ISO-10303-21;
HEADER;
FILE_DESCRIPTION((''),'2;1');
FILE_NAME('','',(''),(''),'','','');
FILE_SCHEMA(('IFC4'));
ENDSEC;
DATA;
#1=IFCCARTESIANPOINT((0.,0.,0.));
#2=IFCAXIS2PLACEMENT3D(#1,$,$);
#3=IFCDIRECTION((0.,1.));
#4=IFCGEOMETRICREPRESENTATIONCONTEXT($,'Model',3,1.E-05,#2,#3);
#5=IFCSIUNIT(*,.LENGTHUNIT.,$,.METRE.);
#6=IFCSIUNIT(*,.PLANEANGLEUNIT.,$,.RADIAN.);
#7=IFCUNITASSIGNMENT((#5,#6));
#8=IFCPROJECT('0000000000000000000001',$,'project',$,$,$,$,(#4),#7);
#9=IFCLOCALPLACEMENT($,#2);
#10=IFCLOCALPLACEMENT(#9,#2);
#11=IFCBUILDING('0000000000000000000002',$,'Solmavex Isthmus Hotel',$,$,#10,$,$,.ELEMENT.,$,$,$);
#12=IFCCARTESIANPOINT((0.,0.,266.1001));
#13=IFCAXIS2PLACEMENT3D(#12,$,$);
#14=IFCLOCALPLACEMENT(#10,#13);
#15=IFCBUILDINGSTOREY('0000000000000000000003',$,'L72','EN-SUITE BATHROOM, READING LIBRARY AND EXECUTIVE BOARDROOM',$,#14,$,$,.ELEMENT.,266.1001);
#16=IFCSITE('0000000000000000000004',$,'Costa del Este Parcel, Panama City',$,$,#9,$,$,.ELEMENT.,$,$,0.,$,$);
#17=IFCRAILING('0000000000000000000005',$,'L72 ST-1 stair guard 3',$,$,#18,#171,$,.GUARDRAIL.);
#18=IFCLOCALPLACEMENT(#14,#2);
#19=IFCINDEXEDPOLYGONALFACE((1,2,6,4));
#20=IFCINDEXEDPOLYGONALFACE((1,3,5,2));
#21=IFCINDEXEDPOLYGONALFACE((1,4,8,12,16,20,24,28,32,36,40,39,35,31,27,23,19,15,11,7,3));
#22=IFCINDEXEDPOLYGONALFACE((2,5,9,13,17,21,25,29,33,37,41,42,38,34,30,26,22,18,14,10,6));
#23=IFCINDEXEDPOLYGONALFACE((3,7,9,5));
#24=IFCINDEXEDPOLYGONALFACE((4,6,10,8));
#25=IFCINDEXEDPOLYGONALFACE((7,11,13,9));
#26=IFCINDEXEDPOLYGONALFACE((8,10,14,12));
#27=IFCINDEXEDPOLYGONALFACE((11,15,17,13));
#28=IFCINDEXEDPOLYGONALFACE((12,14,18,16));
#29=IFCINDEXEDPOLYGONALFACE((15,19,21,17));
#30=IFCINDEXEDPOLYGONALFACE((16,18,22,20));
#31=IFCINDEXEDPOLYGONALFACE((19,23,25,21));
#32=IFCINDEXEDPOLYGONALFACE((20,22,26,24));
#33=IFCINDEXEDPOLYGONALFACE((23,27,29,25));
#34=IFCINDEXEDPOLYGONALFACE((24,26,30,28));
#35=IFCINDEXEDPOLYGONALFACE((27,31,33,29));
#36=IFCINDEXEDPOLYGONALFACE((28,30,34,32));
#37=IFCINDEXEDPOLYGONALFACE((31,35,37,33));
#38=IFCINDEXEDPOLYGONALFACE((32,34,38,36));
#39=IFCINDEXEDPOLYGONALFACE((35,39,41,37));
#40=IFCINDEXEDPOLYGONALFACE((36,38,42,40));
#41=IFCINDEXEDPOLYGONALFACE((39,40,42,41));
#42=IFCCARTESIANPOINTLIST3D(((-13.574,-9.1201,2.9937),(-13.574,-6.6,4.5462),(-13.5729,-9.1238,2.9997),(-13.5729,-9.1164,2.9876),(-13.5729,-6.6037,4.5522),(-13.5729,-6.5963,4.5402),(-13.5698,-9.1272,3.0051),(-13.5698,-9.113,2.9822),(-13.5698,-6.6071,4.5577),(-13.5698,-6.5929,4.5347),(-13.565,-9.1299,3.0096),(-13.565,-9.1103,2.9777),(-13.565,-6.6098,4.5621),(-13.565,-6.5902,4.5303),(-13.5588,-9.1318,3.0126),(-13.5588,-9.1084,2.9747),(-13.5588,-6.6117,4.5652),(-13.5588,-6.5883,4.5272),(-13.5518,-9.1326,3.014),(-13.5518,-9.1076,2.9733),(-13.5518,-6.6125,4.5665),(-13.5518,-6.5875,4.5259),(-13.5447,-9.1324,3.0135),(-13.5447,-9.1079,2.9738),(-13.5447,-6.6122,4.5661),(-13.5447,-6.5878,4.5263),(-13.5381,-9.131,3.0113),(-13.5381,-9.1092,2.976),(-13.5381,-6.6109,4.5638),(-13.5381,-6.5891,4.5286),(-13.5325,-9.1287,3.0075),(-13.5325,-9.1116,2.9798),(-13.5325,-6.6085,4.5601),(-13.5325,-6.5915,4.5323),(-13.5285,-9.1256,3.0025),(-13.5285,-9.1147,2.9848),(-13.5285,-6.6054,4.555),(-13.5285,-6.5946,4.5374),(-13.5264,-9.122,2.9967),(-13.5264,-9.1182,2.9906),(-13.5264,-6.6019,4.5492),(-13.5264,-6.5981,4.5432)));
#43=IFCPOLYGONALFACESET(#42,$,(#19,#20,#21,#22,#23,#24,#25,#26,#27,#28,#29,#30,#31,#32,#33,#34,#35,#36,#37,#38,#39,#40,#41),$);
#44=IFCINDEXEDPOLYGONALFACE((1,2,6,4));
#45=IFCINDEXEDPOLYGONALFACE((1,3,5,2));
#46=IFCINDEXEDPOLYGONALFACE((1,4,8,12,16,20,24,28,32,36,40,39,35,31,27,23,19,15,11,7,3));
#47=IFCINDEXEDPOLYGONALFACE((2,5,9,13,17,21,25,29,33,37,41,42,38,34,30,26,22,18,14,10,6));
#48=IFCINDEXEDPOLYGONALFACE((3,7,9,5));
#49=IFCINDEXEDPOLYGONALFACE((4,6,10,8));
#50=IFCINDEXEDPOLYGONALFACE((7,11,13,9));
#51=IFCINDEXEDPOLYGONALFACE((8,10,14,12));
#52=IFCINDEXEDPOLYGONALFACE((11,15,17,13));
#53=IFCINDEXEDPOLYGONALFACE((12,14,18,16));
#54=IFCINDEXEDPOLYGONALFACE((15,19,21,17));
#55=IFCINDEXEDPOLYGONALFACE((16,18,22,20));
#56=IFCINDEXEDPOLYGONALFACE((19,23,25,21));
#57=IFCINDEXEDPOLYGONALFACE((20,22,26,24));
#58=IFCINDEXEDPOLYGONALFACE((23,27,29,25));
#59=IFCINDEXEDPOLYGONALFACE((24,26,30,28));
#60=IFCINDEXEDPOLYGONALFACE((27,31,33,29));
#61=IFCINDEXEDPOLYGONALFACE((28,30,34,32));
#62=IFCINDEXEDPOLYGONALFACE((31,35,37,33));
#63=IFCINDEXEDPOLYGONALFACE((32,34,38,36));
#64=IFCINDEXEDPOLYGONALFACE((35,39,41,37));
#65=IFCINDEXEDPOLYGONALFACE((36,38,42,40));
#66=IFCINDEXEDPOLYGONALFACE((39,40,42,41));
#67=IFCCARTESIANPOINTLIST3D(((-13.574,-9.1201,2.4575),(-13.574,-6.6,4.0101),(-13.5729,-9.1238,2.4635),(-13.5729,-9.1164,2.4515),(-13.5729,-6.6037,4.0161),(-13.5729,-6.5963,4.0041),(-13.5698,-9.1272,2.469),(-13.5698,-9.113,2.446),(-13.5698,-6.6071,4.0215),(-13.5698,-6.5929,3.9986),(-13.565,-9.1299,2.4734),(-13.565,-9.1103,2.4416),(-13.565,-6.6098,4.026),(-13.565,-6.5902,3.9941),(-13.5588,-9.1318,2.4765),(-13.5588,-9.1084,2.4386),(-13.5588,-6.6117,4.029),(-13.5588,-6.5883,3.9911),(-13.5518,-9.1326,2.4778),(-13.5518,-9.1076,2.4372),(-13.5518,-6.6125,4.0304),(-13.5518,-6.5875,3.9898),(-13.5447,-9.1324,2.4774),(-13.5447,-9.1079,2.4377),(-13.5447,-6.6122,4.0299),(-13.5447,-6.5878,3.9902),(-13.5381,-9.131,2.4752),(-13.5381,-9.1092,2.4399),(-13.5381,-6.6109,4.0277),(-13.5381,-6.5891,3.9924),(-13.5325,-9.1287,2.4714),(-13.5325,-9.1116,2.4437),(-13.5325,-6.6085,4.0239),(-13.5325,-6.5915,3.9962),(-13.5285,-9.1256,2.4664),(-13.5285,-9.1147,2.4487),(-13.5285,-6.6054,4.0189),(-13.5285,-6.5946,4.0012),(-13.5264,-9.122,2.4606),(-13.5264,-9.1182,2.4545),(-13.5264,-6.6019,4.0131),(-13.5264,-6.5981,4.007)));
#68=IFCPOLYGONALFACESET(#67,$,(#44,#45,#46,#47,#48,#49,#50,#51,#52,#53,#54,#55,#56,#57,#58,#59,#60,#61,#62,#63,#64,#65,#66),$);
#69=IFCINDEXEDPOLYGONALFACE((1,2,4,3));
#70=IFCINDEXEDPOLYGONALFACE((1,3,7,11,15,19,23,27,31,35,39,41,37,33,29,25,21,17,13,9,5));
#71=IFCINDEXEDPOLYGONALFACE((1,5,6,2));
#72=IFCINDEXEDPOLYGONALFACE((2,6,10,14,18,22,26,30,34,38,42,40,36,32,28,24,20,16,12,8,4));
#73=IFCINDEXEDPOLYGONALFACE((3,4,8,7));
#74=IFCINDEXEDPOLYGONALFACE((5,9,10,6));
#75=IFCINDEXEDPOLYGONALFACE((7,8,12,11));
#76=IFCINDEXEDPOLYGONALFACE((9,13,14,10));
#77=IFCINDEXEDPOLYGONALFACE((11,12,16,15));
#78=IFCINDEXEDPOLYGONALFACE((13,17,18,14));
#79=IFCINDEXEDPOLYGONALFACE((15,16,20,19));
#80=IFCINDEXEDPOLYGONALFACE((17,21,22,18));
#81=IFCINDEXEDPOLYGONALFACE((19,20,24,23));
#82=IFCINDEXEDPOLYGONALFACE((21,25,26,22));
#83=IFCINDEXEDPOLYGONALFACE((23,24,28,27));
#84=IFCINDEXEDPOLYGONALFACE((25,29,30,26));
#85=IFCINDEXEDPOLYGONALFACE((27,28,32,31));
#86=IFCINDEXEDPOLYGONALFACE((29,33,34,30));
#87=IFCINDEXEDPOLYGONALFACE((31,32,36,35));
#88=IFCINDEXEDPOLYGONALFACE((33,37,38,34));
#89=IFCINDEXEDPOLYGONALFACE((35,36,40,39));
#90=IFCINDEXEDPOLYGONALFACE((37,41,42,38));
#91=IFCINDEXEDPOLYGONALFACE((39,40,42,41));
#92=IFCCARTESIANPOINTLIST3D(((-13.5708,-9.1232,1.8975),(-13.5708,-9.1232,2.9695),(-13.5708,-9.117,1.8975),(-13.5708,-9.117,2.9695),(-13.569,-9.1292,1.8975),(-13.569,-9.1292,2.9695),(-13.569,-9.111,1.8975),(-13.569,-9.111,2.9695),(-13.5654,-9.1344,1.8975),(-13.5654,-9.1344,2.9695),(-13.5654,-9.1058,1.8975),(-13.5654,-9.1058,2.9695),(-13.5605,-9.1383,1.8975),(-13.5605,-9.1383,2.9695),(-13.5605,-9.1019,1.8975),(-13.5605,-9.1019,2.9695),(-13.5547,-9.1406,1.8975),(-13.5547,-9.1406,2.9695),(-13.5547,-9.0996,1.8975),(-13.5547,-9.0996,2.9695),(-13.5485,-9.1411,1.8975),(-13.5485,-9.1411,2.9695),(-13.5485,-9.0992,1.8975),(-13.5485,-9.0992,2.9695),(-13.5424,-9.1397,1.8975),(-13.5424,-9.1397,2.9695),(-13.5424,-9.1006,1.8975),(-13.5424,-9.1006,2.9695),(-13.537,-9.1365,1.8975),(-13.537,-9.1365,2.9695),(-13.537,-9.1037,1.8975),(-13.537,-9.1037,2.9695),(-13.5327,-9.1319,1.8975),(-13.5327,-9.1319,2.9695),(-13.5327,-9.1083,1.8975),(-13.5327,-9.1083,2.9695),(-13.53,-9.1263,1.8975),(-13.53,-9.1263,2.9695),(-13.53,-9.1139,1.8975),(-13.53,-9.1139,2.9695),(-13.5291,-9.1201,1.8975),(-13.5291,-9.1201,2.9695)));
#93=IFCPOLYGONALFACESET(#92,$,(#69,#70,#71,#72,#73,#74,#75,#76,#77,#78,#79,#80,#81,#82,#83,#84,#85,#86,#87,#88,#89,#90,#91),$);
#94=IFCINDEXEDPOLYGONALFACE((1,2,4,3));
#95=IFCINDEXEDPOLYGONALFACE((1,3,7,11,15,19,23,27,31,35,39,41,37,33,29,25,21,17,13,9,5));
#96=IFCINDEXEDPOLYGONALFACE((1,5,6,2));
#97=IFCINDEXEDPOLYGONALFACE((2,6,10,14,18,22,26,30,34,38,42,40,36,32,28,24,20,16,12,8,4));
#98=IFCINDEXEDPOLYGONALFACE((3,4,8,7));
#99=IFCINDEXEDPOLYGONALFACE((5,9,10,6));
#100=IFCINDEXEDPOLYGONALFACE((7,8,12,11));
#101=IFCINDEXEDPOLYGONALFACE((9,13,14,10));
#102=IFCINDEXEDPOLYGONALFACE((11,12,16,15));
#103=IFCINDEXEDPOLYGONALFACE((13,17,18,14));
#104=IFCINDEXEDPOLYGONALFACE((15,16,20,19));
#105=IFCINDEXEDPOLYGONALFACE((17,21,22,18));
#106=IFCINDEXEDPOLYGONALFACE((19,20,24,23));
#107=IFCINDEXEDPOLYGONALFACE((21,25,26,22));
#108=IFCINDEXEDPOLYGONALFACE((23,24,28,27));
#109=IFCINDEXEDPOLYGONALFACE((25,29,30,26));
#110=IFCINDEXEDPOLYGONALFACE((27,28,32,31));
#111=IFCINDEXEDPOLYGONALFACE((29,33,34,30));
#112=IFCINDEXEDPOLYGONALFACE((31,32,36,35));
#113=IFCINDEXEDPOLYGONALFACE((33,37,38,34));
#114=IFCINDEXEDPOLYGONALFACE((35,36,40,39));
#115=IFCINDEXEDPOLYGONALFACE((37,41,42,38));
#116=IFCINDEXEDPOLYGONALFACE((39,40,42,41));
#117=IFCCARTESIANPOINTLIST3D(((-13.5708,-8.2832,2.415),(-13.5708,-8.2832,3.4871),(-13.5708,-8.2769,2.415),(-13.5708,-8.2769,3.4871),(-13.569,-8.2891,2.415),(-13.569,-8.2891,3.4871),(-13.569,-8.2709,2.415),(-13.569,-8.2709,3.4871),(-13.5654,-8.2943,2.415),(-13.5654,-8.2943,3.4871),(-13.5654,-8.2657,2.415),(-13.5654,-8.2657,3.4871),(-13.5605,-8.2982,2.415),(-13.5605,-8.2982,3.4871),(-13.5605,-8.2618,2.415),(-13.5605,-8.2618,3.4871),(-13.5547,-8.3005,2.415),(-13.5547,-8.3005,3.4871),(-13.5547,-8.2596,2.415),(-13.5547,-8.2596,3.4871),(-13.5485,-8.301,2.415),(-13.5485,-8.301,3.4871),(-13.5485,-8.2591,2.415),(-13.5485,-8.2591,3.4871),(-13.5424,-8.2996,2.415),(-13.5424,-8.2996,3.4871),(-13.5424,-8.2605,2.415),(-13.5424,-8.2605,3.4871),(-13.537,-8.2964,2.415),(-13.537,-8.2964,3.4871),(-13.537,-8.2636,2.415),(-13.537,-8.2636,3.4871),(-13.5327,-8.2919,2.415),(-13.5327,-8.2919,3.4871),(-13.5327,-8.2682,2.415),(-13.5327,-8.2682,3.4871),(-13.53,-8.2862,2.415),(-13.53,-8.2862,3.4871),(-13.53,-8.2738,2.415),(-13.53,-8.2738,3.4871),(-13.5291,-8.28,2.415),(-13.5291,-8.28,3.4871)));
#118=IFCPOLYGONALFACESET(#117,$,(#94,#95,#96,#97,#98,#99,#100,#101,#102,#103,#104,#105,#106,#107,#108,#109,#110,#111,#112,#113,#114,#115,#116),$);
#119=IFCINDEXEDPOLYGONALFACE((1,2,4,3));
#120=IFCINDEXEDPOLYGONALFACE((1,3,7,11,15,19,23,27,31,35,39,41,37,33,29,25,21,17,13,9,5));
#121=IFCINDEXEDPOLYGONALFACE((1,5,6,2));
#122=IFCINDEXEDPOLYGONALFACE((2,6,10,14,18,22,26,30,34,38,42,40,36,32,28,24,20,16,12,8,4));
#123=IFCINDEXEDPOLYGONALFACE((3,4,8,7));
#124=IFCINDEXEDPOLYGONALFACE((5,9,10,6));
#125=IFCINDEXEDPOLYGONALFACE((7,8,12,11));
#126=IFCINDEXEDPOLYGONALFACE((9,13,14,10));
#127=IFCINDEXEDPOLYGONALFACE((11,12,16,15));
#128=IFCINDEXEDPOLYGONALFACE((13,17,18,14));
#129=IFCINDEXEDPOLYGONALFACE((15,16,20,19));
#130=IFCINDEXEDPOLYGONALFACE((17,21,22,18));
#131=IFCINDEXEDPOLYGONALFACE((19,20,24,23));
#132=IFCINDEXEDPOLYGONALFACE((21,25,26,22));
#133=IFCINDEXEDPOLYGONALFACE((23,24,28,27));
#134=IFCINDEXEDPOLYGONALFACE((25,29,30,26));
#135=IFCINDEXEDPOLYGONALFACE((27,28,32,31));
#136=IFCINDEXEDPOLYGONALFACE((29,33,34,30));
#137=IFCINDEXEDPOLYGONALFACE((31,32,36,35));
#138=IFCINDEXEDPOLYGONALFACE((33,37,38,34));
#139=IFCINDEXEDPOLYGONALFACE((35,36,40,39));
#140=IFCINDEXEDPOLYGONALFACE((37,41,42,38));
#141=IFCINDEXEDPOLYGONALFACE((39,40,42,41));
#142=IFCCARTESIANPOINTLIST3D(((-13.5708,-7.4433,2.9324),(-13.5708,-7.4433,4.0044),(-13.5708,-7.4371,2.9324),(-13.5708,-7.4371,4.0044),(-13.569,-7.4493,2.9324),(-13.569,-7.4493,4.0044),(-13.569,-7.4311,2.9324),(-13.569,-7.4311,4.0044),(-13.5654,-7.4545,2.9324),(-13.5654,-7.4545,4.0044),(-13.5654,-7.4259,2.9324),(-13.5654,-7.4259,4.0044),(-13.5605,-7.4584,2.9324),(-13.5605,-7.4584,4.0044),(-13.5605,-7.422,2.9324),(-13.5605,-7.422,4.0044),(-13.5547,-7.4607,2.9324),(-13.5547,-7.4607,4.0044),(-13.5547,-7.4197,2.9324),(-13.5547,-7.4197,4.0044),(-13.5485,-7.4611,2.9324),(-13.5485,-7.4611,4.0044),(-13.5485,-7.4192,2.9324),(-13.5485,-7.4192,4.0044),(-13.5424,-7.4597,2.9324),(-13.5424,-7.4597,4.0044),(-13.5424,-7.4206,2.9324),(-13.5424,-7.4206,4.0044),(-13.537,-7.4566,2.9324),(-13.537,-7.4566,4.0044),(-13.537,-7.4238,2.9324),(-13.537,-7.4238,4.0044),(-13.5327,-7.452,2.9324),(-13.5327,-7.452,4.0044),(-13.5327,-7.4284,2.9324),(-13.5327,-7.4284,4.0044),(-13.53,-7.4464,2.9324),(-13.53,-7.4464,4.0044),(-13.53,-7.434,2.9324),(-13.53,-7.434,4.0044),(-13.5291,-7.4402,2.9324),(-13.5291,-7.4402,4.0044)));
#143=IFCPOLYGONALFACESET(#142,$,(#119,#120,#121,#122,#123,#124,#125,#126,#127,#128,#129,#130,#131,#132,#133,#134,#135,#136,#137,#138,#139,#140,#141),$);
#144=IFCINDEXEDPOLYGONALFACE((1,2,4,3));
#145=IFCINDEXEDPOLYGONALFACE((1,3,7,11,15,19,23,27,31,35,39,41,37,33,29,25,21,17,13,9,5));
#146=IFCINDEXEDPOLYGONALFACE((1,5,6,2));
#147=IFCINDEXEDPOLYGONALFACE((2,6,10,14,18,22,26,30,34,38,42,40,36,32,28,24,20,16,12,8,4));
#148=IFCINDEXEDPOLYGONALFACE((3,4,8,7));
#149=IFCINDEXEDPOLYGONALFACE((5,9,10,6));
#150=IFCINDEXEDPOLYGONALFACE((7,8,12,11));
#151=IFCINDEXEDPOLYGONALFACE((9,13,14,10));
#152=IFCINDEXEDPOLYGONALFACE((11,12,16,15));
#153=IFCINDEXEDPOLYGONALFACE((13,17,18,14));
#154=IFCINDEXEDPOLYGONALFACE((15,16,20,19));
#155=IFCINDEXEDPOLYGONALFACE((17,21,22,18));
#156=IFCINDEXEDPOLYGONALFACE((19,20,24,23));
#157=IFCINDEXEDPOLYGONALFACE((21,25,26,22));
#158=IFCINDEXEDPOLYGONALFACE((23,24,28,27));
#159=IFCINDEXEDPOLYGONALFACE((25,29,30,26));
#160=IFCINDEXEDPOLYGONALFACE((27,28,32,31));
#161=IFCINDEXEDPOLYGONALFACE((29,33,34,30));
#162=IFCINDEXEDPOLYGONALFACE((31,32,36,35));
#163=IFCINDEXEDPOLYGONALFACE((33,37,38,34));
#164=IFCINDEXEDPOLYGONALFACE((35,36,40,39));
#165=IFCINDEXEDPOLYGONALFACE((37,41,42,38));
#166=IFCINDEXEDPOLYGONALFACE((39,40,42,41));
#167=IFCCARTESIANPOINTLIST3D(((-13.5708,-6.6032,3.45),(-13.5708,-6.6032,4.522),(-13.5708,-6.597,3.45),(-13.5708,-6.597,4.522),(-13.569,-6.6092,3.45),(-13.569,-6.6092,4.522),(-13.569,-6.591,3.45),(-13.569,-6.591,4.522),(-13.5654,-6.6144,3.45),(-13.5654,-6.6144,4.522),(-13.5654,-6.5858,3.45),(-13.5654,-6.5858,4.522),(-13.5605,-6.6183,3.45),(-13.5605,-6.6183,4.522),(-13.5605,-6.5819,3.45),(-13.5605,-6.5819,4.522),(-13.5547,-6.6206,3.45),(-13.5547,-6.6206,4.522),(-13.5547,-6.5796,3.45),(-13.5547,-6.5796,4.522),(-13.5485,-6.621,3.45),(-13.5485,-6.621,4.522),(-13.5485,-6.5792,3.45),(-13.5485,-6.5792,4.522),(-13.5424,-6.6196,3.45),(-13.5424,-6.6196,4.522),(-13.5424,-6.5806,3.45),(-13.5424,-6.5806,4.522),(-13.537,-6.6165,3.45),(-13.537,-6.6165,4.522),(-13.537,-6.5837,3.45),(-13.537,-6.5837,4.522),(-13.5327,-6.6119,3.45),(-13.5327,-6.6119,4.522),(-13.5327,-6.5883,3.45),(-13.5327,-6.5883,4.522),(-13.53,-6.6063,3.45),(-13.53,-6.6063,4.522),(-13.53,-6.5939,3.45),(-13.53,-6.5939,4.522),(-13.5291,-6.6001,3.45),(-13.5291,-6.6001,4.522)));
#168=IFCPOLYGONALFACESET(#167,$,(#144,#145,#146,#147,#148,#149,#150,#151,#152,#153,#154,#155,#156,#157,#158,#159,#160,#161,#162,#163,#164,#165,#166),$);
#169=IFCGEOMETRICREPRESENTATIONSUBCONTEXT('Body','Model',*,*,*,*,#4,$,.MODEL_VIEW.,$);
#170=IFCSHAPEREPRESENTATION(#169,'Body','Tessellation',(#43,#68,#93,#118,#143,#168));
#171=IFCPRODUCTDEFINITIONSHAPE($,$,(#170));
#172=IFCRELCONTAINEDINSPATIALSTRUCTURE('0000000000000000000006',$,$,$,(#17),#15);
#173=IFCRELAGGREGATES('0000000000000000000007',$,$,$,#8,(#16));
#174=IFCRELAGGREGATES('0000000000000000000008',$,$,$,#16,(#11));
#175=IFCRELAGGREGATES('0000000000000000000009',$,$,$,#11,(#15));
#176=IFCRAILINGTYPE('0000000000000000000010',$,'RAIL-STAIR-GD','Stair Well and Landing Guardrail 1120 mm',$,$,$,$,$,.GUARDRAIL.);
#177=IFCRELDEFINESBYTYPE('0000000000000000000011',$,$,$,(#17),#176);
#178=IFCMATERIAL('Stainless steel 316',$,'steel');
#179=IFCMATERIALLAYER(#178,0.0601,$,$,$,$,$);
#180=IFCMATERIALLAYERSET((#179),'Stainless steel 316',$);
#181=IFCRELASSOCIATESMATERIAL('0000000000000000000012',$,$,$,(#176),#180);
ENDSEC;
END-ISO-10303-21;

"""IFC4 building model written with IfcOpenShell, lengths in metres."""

from ifc_helpers import new_model, si_unit, direction, frame, origin, origin_2d, place, context, subcontext, project, spatial, circle, extrude, material, layer, layer_set, type_object, element, save


model = new_model("IFC4")

# Units and contexts
model_context = context("Model", 3, precision=1e-05, world=origin(), true_north=direction((0.0, 1.0)))
body_context = subcontext(model_context, "Body", "Model", "MODEL_VIEW")
ifc_project = project(units=[si_unit("LENGTHUNIT", "METRE"), si_unit("PLANEANGLEUNIT", "RADIAN")], contexts=[model_context])

# Site, building, storey
site_placement = place(None, origin())
site = spatial("IfcSite", under=ifc_project, at=site_placement, Name="Costa del Este Parcel, Panama City", CompositionType="ELEMENT", RefElevation=0.0)
building_placement = place(site_placement, origin())
building = spatial("IfcBuilding", under=site, at=building_placement, Name="Solmavex Isthmus Hotel", CompositionType="ELEMENT")
storey_placement = place(building_placement, frame((0.0, 0.0, 266.1001)))
storey = spatial("IfcBuildingStorey", under=building, at=storey_placement, Name="L72", Description="EN-SUITE BATHROOM, READING LIBRARY AND EXECUTIVE BOARDROOM", CompositionType="ELEMENT", Elevation=266.1001)

# Shared definitions
ifc_material_1 = material(Name="Stainless steel 316", Category="steel")

# Railing
ifc_layer_1 = layer(ifc_material_1, 0.0601)
ifc_layer_set_1 = layer_set([ifc_layer_1], Name="Stainless steel 316")
railing_type_1 = type_object("IfcRailingType", Name="RAIL-STAIR-GD", Description="Stair Well and Landing Guardrail 1120 mm", PredefinedType="GUARDRAIL", material=ifc_layer_set_1)
railing_1_placement = place(storey_placement, frame((-13.55, -9.1201, 1.8975)))
element("IfcRailing", 1, at=railing_1_placement, inside=storey, type_object=railing_type_1, Name="L72 ST-1 stair guard 3", PredefinedType="GUARDRAIL", context=body_context, shape_type="SweptSolid", body=[
    extrude(circle(Radius=0.0239, at=origin_2d()), frame((0.0, 0.0, 1.0962), z_axis=(0.0, 0.8514, 0.524516), x_axis=(-1.0, 0.0, 0.0)), (0.0, 0.0, 1.0), 2.96),
    extrude(circle(Radius=0.0239, at=origin_2d()), frame((0.0, 0.0, 0.5601), z_axis=(0.0, 0.8514, 0.524516), x_axis=(-1.0, 0.0, 0.0)), (0.0, 0.0, 1.0), 2.96),
    extrude(circle(Radius=0.021, at=origin_2d()), origin(), (0.0, 0.0, 1.0), 1.072),
    extrude(circle(Radius=0.021, at=origin_2d()), frame((0.0, 0.8401, 0.5176)), (0.0, 0.0, 1.0), 1.072),
    extrude(circle(Radius=0.021, at=origin_2d()), frame((0.0, 1.6799, 1.0349)), (0.0, 0.0, 1.0), 1.072),
    extrude(circle(Radius=0.021, at=origin_2d()), frame((0.0, 2.52, 1.5525)), (0.0, 0.0, 1.0), 1.072),
])

save(model, "model.ifc")
